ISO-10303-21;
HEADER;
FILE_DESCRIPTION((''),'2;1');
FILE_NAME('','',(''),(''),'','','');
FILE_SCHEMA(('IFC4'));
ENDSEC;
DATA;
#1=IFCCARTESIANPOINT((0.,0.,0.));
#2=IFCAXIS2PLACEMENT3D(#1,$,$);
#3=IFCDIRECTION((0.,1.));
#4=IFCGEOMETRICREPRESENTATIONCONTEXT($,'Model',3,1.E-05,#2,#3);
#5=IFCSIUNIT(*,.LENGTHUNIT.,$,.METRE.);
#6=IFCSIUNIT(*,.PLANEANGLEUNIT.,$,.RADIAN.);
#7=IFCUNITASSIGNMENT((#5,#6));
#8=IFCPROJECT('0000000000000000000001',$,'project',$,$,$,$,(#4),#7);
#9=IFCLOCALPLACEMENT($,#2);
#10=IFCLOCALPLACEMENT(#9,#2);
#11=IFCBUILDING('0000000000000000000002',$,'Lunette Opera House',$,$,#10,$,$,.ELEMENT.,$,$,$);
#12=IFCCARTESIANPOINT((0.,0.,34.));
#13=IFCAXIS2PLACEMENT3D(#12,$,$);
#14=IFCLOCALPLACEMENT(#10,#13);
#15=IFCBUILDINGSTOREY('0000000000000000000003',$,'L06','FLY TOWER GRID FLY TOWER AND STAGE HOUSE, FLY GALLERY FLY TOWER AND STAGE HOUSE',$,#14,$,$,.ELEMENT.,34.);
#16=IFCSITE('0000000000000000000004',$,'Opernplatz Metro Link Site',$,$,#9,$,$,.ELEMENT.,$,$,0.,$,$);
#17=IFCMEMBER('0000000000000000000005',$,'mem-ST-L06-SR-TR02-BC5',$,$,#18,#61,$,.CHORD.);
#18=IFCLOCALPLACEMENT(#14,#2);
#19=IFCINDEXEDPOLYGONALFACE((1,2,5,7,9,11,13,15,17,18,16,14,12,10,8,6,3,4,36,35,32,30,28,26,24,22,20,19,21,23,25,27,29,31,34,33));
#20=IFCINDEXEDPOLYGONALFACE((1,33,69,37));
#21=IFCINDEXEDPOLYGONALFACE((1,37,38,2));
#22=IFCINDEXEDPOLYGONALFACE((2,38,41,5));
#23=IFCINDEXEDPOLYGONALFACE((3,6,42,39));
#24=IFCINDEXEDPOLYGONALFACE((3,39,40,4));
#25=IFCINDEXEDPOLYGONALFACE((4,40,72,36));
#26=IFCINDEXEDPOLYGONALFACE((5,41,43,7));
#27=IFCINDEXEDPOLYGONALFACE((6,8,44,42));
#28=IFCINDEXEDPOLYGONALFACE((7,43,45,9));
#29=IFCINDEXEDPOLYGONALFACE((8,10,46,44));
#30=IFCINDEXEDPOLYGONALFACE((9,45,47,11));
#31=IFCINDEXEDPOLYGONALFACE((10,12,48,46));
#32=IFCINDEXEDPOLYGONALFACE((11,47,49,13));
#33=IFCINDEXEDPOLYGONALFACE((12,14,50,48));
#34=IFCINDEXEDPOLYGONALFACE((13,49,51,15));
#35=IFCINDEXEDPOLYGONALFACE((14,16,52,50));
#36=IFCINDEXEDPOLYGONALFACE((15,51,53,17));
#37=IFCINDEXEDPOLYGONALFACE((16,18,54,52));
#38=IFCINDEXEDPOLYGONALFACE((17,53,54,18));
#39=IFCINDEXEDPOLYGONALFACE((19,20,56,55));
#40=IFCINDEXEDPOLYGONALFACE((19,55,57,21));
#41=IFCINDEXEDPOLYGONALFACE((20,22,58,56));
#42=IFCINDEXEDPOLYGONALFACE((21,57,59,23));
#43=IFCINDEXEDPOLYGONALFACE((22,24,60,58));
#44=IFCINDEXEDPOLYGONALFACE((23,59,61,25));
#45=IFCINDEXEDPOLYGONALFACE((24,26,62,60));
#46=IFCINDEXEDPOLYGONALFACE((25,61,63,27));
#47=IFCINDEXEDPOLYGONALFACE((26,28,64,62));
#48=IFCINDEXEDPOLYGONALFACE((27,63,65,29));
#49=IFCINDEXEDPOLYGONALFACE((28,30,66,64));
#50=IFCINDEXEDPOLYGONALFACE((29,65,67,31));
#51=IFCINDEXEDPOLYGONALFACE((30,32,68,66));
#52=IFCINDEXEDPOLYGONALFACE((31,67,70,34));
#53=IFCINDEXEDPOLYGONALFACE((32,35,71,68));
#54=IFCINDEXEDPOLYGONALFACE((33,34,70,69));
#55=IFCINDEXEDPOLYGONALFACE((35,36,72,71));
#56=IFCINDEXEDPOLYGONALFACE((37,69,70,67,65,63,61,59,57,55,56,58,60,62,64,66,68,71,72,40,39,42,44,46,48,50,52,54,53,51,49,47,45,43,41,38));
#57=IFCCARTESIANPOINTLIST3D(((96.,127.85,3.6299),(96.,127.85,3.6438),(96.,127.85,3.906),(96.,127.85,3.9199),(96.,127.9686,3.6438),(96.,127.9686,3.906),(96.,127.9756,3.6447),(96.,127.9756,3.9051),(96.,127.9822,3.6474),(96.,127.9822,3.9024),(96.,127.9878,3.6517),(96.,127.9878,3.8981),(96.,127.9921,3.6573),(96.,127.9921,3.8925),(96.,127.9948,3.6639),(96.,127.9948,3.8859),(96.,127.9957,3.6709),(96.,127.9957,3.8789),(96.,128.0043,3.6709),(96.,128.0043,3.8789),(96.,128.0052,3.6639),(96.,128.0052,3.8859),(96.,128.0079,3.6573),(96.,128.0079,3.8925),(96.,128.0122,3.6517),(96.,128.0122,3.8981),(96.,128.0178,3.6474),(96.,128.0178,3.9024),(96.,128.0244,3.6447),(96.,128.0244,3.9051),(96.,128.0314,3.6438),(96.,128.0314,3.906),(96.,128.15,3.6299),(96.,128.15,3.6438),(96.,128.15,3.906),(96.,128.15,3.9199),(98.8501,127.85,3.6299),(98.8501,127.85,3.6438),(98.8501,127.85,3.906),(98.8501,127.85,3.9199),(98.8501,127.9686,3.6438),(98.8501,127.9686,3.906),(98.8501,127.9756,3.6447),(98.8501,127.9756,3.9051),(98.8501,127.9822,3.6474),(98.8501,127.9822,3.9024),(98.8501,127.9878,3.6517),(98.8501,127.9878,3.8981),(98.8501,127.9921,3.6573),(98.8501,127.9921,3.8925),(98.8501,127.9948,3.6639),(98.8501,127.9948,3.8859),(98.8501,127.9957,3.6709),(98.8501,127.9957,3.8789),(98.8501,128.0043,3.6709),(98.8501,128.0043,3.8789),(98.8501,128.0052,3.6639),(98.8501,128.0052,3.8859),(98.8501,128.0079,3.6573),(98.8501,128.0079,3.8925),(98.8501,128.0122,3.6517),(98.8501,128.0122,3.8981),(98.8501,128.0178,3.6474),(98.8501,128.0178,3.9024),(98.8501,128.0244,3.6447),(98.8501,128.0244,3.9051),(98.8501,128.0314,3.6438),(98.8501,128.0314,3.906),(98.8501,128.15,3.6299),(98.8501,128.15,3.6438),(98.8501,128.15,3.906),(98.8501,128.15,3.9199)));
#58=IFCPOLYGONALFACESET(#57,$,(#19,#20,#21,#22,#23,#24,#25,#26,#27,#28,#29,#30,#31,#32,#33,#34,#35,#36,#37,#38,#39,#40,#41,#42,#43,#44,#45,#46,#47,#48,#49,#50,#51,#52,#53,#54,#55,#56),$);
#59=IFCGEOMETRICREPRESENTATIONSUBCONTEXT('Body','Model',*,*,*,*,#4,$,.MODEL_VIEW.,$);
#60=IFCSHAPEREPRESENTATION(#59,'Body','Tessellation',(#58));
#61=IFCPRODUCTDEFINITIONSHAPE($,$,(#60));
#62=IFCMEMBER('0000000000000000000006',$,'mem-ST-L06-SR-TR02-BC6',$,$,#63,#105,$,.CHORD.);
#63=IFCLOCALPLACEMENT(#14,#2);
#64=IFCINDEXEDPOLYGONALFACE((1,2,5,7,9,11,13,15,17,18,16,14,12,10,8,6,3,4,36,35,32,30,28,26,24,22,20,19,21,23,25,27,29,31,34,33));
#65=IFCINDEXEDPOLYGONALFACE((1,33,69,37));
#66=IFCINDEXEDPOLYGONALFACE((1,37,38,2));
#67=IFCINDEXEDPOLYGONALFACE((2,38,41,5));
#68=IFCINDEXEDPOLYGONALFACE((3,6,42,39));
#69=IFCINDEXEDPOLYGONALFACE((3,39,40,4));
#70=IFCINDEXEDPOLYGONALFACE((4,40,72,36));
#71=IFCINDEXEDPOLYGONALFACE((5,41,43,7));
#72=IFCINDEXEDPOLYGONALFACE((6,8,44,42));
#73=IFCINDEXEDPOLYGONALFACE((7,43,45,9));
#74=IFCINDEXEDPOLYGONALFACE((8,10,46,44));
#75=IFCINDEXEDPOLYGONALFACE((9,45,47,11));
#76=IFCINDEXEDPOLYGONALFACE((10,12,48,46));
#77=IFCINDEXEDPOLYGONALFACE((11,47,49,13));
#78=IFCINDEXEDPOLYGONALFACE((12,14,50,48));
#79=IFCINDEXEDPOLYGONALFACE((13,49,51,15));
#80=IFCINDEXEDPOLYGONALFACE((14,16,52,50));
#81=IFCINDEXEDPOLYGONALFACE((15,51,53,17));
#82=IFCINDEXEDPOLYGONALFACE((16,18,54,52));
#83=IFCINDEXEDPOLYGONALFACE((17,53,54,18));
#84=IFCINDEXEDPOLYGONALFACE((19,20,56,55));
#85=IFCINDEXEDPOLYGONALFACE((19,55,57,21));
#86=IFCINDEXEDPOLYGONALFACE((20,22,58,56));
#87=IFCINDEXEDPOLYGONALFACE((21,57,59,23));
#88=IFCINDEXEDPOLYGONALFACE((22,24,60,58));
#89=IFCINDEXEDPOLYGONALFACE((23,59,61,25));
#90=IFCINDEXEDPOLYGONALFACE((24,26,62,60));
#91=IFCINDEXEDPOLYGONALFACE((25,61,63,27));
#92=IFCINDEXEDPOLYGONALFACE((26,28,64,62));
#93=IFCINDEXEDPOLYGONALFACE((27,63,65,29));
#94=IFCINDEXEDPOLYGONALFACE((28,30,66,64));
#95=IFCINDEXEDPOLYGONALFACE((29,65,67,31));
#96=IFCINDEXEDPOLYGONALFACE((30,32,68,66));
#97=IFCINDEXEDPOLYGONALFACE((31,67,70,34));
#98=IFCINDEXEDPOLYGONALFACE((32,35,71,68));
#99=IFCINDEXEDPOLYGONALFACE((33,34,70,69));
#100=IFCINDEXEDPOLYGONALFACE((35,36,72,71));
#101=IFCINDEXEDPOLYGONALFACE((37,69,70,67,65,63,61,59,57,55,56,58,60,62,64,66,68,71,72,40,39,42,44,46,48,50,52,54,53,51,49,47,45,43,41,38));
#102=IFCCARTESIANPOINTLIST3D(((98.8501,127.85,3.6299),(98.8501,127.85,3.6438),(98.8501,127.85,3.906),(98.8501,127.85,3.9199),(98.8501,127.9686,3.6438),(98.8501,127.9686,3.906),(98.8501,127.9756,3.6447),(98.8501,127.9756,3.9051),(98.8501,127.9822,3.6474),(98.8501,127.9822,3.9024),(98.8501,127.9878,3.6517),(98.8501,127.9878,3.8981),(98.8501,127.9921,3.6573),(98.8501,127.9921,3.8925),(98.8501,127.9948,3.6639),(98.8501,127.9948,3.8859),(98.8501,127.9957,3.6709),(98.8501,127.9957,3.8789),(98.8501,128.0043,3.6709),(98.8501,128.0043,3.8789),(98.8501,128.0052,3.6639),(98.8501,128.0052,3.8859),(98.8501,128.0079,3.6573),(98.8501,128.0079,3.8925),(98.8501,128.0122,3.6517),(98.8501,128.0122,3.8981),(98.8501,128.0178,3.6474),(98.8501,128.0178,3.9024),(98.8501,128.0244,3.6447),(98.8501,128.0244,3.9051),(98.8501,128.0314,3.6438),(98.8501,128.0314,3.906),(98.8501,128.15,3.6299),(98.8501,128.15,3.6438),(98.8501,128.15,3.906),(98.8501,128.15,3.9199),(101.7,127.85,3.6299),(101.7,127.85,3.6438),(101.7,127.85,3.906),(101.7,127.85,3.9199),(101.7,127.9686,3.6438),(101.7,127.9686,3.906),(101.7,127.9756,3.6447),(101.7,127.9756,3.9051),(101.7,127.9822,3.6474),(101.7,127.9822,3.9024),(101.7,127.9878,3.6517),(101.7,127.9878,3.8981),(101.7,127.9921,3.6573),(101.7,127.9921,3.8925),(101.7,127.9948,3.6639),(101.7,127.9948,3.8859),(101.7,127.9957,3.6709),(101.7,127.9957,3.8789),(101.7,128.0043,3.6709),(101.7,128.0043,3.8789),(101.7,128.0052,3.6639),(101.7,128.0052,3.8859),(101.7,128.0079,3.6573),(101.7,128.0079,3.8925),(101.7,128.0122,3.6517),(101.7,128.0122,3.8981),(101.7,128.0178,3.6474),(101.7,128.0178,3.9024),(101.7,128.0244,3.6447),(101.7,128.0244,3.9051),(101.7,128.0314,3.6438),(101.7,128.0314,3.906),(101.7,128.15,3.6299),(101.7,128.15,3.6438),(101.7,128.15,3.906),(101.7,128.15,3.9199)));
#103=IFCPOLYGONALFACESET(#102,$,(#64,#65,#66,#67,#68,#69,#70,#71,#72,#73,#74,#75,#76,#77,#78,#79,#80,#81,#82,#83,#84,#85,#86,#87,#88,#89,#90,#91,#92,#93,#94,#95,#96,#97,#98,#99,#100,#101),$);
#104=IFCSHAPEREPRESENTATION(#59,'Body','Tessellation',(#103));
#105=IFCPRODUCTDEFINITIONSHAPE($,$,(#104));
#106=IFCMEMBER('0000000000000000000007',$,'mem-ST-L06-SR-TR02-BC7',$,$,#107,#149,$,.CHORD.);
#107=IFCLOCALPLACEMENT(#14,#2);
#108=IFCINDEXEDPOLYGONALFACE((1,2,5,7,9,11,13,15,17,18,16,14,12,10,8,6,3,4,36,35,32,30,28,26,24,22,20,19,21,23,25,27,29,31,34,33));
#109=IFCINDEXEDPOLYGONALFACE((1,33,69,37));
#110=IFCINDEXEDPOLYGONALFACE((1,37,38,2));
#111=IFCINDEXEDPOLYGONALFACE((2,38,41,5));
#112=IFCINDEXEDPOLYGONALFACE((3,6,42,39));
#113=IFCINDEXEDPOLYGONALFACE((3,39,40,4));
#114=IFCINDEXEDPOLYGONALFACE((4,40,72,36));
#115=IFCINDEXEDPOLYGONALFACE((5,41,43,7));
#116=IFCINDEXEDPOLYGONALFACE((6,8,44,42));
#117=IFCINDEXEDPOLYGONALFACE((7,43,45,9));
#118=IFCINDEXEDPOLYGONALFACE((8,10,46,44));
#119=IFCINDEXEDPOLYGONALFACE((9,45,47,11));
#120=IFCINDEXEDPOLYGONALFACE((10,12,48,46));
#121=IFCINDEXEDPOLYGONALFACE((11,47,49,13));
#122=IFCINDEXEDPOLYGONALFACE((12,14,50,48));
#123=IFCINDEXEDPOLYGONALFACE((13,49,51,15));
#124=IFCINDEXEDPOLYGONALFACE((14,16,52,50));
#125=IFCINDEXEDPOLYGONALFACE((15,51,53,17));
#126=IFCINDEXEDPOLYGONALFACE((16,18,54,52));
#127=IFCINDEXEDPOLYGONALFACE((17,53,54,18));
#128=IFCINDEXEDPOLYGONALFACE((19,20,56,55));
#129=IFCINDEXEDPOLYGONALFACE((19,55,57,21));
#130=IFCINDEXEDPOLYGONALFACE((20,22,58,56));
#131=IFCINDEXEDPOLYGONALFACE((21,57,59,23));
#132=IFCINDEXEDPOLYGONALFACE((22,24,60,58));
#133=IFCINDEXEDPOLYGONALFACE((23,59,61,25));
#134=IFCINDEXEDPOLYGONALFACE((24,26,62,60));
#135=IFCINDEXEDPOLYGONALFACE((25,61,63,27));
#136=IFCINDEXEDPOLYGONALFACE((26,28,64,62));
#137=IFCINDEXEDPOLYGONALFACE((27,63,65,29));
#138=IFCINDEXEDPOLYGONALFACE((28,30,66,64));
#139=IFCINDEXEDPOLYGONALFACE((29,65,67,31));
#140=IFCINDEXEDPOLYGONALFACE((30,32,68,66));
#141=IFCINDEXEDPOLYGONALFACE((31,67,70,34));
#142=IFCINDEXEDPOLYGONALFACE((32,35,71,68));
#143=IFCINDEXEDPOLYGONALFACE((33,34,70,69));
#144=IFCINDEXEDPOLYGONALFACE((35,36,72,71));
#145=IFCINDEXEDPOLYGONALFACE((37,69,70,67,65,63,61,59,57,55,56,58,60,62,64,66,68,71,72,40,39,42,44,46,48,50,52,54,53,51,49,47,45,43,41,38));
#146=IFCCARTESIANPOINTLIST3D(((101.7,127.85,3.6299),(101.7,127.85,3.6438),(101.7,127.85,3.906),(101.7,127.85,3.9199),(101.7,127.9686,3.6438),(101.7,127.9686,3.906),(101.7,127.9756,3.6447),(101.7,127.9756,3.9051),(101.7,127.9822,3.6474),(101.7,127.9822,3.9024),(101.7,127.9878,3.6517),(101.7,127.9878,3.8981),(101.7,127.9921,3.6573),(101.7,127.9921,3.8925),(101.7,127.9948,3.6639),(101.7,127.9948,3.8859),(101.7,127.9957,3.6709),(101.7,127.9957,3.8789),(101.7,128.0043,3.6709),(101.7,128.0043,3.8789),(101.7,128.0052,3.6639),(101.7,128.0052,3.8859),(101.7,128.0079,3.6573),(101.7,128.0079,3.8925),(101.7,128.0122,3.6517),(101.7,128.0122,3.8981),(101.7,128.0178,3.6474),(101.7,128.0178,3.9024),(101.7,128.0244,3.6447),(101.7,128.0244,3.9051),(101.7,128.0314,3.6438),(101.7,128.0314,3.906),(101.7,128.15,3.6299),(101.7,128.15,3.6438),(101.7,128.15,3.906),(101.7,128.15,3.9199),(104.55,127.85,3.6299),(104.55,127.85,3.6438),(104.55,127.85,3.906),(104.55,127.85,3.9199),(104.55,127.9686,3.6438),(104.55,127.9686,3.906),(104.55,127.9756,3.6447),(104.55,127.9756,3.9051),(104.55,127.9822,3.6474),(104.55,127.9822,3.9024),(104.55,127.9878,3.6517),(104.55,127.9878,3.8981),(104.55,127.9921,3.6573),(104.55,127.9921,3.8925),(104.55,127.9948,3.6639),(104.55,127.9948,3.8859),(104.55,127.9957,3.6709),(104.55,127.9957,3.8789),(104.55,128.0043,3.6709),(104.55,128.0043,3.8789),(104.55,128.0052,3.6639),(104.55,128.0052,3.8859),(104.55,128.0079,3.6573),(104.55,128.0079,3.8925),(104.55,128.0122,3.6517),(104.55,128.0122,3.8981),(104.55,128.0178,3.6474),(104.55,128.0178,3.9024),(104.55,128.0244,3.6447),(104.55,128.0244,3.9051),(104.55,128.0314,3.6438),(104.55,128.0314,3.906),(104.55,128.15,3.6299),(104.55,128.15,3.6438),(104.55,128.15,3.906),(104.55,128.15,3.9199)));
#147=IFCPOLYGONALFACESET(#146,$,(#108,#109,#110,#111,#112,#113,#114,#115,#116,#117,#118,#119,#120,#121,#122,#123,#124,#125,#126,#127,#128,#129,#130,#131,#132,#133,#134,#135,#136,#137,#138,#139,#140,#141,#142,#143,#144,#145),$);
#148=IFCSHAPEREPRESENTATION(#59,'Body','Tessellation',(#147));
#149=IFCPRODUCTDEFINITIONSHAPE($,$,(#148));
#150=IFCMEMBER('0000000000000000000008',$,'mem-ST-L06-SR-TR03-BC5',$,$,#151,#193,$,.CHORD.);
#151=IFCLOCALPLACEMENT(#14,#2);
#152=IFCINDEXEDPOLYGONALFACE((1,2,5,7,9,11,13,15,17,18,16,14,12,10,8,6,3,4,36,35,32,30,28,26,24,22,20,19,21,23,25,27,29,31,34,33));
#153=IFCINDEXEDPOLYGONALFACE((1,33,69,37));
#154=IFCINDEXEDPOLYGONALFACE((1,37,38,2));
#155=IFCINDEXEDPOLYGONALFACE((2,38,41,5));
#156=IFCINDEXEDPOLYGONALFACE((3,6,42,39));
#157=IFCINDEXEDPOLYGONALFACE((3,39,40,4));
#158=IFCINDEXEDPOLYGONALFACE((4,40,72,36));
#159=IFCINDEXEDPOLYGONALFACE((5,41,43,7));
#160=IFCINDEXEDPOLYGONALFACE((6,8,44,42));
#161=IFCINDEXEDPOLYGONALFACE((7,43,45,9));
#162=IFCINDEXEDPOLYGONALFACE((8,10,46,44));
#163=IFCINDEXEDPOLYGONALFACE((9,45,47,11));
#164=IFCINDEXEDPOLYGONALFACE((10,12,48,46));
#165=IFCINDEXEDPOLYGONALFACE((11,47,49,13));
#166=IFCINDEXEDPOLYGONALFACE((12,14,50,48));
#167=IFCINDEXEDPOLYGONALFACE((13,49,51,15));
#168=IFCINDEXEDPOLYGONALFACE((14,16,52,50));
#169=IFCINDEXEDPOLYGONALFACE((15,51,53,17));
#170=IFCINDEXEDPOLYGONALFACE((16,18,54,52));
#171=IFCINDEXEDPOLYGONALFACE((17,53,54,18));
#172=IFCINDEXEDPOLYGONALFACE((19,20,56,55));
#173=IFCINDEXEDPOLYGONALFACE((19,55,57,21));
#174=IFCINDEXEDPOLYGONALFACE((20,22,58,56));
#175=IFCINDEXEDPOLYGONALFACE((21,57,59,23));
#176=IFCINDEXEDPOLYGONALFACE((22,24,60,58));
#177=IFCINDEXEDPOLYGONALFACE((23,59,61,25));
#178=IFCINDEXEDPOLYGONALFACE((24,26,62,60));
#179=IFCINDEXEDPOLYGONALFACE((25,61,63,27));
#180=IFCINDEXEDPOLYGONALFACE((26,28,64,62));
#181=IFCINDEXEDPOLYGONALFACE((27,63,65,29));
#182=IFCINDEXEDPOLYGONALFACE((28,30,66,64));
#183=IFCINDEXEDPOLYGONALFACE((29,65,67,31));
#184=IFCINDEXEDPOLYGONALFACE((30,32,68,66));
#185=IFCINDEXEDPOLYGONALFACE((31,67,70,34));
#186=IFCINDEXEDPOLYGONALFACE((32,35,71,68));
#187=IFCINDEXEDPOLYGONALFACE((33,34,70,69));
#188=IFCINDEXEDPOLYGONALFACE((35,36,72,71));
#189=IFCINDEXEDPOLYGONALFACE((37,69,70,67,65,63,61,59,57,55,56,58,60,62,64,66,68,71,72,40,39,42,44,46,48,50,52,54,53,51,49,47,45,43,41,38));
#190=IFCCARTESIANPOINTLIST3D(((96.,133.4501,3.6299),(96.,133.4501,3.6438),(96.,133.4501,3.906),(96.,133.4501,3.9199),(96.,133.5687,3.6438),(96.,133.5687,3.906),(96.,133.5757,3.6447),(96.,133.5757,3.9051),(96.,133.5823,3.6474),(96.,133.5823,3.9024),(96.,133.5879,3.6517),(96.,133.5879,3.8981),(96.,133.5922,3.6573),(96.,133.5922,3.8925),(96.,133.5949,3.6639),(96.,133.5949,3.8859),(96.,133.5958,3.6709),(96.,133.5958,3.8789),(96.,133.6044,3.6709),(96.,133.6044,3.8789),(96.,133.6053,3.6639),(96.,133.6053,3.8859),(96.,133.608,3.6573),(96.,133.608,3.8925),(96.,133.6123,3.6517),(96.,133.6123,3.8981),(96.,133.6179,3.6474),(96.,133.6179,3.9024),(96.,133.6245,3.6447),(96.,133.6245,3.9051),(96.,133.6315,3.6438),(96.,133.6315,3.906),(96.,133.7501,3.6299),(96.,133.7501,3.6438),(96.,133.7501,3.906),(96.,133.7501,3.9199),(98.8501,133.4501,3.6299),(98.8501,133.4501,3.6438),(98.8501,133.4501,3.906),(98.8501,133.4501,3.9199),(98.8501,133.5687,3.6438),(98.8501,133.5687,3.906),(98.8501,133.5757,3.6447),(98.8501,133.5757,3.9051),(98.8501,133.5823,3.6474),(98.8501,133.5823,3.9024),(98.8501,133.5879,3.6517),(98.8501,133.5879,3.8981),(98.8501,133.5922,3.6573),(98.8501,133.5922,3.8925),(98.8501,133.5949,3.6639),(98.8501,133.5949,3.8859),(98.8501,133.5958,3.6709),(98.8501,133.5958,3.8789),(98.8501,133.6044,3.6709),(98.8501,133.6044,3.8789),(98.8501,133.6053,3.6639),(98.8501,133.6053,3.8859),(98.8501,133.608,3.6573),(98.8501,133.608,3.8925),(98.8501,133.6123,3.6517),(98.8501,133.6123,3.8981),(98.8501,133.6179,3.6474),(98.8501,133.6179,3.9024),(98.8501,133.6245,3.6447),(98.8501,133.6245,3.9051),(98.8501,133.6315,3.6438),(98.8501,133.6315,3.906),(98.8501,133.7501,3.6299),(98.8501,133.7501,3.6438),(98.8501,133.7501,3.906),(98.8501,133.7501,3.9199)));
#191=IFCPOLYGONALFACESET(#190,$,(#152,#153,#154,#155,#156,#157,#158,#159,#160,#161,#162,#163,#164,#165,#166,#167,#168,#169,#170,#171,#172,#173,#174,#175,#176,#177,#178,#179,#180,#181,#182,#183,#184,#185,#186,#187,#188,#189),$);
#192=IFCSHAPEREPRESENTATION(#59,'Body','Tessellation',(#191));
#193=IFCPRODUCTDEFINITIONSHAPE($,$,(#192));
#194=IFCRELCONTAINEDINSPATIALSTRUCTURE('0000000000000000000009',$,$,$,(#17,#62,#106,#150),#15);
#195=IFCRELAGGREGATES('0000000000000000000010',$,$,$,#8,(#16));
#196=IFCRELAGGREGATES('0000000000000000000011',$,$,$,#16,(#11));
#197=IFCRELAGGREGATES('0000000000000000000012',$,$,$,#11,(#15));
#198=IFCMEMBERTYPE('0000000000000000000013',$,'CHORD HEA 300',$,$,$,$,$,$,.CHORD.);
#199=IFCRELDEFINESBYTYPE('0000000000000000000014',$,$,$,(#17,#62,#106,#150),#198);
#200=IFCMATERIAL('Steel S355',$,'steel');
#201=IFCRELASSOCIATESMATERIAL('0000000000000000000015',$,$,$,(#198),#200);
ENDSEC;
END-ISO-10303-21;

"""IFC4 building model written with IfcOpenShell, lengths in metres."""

from ifc_helpers import new_model, si_unit, direction, frame, origin, origin_2d, place, context, subcontext, project, spatial, i_section, extrude, material, material_profile, profile_set, type_object, element, save


model = new_model("IFC4")

# Units and contexts
model_context = context("Model", 3, precision=1e-05, world=origin(), true_north=direction((0.0, 1.0)))
body_context = subcontext(model_context, "Body", "Model", "MODEL_VIEW")
ifc_project = project(units=[si_unit("LENGTHUNIT", "METRE"), si_unit("PLANEANGLEUNIT", "RADIAN")], contexts=[model_context])

# Site, building, storey
site_placement = place(None, origin())
site = spatial("IfcSite", under=ifc_project, at=site_placement, Name="Opernplatz Metro Link Site", CompositionType="ELEMENT", RefElevation=0.0)
building_placement = place(site_placement, origin())
building = spatial("IfcBuilding", under=site, at=building_placement, Name="Lunette Opera House", CompositionType="ELEMENT")
storey_placement = place(building_placement, frame((0.0, 0.0, 34.0)))
storey = spatial("IfcBuildingStorey", under=building, at=storey_placement, Name="L06", Description="FLY TOWER GRID FLY TOWER AND STAGE HOUSE, FLY GALLERY FLY TOWER AND STAGE HOUSE", CompositionType="ELEMENT", Elevation=34.0)

# Members
ifc_material_1 = material(Name="Steel S355", Category="steel")
ifc_material_profile_1 = material_profile(ifc_material_1, i_section(OverallWidth=0.3, OverallDepth=0.29, WebThickness=0.0085, FlangeThickness=0.0139, FilletRadius=0.0271, at=origin_2d()), Name="HEA 300")
ifc_profile_set_1 = profile_set([ifc_material_profile_1], Name="Steel S355")
member_type_1 = type_object("IfcMemberType", Name="CHORD HEA 300", PredefinedType="CHORD", material=ifc_profile_set_1)
member_1_placement = place(storey_placement, frame((96.0, 128.0, 3.7749), z_axis=(1.0, 0.0, 0.0), x_axis=(0.0, 1.0, 0.0)))
element("IfcMember", 1, at=member_1_placement, inside=storey, type_object=member_type_1, Name="mem-ST-L06-SR-TR02-BC5", PredefinedType="CHORD", context=body_context, shape_type="SweptSolid", body=[
    extrude(i_section(OverallWidth=0.3, OverallDepth=0.29, WebThickness=0.0085, FlangeThickness=0.0139, FilletRadius=0.0271, at=origin_2d()), origin(), (0.0, 0.0, 1.0), 2.8501),
])
member_2_placement = place(storey_placement, frame((98.8501, 128.0, 3.7749), z_axis=(1.0, 0.0, 0.0), x_axis=(0.0, 1.0, 0.0)))
element("IfcMember", 2, at=member_2_placement, inside=storey, type_object=member_type_1, Name="mem-ST-L06-SR-TR02-BC6", PredefinedType="CHORD", context=body_context, shape_type="SweptSolid", body=[
    extrude(i_section(OverallWidth=0.3, OverallDepth=0.29, WebThickness=0.0085, FlangeThickness=0.0139, FilletRadius=0.0271, at=origin_2d()), origin(), (0.0, 0.0, 1.0), 2.8499),
])
for number, where, z_axis, x_axis, name in (
    (3, (101.7, 128.0, 3.7749), (1.0, 0.0, 0.0), (0.0, 1.0, 0.0), "mem-ST-L06-SR-TR02-BC7"),
    (4, (96.0, 133.6001, 3.7749), (1.0, 0.0, 0.0), (0.0, 1.0, 0.0), "mem-ST-L06-SR-TR03-BC5"),
):
    element("IfcMember", number, at=place(storey_placement, frame(where, z_axis=z_axis, x_axis=x_axis)), inside=storey, type_object=member_type_1, Name=name, PredefinedType="CHORD", context=body_context, shape_type="SweptSolid", body=[
        extrude(i_section(OverallWidth=0.3, OverallDepth=0.29, WebThickness=0.0085, FlangeThickness=0.0139, FilletRadius=0.0271, at=origin_2d()), origin(), (0.0, 0.0, 1.0), 2.8501),
    ])

save(model, "model.ifc")
